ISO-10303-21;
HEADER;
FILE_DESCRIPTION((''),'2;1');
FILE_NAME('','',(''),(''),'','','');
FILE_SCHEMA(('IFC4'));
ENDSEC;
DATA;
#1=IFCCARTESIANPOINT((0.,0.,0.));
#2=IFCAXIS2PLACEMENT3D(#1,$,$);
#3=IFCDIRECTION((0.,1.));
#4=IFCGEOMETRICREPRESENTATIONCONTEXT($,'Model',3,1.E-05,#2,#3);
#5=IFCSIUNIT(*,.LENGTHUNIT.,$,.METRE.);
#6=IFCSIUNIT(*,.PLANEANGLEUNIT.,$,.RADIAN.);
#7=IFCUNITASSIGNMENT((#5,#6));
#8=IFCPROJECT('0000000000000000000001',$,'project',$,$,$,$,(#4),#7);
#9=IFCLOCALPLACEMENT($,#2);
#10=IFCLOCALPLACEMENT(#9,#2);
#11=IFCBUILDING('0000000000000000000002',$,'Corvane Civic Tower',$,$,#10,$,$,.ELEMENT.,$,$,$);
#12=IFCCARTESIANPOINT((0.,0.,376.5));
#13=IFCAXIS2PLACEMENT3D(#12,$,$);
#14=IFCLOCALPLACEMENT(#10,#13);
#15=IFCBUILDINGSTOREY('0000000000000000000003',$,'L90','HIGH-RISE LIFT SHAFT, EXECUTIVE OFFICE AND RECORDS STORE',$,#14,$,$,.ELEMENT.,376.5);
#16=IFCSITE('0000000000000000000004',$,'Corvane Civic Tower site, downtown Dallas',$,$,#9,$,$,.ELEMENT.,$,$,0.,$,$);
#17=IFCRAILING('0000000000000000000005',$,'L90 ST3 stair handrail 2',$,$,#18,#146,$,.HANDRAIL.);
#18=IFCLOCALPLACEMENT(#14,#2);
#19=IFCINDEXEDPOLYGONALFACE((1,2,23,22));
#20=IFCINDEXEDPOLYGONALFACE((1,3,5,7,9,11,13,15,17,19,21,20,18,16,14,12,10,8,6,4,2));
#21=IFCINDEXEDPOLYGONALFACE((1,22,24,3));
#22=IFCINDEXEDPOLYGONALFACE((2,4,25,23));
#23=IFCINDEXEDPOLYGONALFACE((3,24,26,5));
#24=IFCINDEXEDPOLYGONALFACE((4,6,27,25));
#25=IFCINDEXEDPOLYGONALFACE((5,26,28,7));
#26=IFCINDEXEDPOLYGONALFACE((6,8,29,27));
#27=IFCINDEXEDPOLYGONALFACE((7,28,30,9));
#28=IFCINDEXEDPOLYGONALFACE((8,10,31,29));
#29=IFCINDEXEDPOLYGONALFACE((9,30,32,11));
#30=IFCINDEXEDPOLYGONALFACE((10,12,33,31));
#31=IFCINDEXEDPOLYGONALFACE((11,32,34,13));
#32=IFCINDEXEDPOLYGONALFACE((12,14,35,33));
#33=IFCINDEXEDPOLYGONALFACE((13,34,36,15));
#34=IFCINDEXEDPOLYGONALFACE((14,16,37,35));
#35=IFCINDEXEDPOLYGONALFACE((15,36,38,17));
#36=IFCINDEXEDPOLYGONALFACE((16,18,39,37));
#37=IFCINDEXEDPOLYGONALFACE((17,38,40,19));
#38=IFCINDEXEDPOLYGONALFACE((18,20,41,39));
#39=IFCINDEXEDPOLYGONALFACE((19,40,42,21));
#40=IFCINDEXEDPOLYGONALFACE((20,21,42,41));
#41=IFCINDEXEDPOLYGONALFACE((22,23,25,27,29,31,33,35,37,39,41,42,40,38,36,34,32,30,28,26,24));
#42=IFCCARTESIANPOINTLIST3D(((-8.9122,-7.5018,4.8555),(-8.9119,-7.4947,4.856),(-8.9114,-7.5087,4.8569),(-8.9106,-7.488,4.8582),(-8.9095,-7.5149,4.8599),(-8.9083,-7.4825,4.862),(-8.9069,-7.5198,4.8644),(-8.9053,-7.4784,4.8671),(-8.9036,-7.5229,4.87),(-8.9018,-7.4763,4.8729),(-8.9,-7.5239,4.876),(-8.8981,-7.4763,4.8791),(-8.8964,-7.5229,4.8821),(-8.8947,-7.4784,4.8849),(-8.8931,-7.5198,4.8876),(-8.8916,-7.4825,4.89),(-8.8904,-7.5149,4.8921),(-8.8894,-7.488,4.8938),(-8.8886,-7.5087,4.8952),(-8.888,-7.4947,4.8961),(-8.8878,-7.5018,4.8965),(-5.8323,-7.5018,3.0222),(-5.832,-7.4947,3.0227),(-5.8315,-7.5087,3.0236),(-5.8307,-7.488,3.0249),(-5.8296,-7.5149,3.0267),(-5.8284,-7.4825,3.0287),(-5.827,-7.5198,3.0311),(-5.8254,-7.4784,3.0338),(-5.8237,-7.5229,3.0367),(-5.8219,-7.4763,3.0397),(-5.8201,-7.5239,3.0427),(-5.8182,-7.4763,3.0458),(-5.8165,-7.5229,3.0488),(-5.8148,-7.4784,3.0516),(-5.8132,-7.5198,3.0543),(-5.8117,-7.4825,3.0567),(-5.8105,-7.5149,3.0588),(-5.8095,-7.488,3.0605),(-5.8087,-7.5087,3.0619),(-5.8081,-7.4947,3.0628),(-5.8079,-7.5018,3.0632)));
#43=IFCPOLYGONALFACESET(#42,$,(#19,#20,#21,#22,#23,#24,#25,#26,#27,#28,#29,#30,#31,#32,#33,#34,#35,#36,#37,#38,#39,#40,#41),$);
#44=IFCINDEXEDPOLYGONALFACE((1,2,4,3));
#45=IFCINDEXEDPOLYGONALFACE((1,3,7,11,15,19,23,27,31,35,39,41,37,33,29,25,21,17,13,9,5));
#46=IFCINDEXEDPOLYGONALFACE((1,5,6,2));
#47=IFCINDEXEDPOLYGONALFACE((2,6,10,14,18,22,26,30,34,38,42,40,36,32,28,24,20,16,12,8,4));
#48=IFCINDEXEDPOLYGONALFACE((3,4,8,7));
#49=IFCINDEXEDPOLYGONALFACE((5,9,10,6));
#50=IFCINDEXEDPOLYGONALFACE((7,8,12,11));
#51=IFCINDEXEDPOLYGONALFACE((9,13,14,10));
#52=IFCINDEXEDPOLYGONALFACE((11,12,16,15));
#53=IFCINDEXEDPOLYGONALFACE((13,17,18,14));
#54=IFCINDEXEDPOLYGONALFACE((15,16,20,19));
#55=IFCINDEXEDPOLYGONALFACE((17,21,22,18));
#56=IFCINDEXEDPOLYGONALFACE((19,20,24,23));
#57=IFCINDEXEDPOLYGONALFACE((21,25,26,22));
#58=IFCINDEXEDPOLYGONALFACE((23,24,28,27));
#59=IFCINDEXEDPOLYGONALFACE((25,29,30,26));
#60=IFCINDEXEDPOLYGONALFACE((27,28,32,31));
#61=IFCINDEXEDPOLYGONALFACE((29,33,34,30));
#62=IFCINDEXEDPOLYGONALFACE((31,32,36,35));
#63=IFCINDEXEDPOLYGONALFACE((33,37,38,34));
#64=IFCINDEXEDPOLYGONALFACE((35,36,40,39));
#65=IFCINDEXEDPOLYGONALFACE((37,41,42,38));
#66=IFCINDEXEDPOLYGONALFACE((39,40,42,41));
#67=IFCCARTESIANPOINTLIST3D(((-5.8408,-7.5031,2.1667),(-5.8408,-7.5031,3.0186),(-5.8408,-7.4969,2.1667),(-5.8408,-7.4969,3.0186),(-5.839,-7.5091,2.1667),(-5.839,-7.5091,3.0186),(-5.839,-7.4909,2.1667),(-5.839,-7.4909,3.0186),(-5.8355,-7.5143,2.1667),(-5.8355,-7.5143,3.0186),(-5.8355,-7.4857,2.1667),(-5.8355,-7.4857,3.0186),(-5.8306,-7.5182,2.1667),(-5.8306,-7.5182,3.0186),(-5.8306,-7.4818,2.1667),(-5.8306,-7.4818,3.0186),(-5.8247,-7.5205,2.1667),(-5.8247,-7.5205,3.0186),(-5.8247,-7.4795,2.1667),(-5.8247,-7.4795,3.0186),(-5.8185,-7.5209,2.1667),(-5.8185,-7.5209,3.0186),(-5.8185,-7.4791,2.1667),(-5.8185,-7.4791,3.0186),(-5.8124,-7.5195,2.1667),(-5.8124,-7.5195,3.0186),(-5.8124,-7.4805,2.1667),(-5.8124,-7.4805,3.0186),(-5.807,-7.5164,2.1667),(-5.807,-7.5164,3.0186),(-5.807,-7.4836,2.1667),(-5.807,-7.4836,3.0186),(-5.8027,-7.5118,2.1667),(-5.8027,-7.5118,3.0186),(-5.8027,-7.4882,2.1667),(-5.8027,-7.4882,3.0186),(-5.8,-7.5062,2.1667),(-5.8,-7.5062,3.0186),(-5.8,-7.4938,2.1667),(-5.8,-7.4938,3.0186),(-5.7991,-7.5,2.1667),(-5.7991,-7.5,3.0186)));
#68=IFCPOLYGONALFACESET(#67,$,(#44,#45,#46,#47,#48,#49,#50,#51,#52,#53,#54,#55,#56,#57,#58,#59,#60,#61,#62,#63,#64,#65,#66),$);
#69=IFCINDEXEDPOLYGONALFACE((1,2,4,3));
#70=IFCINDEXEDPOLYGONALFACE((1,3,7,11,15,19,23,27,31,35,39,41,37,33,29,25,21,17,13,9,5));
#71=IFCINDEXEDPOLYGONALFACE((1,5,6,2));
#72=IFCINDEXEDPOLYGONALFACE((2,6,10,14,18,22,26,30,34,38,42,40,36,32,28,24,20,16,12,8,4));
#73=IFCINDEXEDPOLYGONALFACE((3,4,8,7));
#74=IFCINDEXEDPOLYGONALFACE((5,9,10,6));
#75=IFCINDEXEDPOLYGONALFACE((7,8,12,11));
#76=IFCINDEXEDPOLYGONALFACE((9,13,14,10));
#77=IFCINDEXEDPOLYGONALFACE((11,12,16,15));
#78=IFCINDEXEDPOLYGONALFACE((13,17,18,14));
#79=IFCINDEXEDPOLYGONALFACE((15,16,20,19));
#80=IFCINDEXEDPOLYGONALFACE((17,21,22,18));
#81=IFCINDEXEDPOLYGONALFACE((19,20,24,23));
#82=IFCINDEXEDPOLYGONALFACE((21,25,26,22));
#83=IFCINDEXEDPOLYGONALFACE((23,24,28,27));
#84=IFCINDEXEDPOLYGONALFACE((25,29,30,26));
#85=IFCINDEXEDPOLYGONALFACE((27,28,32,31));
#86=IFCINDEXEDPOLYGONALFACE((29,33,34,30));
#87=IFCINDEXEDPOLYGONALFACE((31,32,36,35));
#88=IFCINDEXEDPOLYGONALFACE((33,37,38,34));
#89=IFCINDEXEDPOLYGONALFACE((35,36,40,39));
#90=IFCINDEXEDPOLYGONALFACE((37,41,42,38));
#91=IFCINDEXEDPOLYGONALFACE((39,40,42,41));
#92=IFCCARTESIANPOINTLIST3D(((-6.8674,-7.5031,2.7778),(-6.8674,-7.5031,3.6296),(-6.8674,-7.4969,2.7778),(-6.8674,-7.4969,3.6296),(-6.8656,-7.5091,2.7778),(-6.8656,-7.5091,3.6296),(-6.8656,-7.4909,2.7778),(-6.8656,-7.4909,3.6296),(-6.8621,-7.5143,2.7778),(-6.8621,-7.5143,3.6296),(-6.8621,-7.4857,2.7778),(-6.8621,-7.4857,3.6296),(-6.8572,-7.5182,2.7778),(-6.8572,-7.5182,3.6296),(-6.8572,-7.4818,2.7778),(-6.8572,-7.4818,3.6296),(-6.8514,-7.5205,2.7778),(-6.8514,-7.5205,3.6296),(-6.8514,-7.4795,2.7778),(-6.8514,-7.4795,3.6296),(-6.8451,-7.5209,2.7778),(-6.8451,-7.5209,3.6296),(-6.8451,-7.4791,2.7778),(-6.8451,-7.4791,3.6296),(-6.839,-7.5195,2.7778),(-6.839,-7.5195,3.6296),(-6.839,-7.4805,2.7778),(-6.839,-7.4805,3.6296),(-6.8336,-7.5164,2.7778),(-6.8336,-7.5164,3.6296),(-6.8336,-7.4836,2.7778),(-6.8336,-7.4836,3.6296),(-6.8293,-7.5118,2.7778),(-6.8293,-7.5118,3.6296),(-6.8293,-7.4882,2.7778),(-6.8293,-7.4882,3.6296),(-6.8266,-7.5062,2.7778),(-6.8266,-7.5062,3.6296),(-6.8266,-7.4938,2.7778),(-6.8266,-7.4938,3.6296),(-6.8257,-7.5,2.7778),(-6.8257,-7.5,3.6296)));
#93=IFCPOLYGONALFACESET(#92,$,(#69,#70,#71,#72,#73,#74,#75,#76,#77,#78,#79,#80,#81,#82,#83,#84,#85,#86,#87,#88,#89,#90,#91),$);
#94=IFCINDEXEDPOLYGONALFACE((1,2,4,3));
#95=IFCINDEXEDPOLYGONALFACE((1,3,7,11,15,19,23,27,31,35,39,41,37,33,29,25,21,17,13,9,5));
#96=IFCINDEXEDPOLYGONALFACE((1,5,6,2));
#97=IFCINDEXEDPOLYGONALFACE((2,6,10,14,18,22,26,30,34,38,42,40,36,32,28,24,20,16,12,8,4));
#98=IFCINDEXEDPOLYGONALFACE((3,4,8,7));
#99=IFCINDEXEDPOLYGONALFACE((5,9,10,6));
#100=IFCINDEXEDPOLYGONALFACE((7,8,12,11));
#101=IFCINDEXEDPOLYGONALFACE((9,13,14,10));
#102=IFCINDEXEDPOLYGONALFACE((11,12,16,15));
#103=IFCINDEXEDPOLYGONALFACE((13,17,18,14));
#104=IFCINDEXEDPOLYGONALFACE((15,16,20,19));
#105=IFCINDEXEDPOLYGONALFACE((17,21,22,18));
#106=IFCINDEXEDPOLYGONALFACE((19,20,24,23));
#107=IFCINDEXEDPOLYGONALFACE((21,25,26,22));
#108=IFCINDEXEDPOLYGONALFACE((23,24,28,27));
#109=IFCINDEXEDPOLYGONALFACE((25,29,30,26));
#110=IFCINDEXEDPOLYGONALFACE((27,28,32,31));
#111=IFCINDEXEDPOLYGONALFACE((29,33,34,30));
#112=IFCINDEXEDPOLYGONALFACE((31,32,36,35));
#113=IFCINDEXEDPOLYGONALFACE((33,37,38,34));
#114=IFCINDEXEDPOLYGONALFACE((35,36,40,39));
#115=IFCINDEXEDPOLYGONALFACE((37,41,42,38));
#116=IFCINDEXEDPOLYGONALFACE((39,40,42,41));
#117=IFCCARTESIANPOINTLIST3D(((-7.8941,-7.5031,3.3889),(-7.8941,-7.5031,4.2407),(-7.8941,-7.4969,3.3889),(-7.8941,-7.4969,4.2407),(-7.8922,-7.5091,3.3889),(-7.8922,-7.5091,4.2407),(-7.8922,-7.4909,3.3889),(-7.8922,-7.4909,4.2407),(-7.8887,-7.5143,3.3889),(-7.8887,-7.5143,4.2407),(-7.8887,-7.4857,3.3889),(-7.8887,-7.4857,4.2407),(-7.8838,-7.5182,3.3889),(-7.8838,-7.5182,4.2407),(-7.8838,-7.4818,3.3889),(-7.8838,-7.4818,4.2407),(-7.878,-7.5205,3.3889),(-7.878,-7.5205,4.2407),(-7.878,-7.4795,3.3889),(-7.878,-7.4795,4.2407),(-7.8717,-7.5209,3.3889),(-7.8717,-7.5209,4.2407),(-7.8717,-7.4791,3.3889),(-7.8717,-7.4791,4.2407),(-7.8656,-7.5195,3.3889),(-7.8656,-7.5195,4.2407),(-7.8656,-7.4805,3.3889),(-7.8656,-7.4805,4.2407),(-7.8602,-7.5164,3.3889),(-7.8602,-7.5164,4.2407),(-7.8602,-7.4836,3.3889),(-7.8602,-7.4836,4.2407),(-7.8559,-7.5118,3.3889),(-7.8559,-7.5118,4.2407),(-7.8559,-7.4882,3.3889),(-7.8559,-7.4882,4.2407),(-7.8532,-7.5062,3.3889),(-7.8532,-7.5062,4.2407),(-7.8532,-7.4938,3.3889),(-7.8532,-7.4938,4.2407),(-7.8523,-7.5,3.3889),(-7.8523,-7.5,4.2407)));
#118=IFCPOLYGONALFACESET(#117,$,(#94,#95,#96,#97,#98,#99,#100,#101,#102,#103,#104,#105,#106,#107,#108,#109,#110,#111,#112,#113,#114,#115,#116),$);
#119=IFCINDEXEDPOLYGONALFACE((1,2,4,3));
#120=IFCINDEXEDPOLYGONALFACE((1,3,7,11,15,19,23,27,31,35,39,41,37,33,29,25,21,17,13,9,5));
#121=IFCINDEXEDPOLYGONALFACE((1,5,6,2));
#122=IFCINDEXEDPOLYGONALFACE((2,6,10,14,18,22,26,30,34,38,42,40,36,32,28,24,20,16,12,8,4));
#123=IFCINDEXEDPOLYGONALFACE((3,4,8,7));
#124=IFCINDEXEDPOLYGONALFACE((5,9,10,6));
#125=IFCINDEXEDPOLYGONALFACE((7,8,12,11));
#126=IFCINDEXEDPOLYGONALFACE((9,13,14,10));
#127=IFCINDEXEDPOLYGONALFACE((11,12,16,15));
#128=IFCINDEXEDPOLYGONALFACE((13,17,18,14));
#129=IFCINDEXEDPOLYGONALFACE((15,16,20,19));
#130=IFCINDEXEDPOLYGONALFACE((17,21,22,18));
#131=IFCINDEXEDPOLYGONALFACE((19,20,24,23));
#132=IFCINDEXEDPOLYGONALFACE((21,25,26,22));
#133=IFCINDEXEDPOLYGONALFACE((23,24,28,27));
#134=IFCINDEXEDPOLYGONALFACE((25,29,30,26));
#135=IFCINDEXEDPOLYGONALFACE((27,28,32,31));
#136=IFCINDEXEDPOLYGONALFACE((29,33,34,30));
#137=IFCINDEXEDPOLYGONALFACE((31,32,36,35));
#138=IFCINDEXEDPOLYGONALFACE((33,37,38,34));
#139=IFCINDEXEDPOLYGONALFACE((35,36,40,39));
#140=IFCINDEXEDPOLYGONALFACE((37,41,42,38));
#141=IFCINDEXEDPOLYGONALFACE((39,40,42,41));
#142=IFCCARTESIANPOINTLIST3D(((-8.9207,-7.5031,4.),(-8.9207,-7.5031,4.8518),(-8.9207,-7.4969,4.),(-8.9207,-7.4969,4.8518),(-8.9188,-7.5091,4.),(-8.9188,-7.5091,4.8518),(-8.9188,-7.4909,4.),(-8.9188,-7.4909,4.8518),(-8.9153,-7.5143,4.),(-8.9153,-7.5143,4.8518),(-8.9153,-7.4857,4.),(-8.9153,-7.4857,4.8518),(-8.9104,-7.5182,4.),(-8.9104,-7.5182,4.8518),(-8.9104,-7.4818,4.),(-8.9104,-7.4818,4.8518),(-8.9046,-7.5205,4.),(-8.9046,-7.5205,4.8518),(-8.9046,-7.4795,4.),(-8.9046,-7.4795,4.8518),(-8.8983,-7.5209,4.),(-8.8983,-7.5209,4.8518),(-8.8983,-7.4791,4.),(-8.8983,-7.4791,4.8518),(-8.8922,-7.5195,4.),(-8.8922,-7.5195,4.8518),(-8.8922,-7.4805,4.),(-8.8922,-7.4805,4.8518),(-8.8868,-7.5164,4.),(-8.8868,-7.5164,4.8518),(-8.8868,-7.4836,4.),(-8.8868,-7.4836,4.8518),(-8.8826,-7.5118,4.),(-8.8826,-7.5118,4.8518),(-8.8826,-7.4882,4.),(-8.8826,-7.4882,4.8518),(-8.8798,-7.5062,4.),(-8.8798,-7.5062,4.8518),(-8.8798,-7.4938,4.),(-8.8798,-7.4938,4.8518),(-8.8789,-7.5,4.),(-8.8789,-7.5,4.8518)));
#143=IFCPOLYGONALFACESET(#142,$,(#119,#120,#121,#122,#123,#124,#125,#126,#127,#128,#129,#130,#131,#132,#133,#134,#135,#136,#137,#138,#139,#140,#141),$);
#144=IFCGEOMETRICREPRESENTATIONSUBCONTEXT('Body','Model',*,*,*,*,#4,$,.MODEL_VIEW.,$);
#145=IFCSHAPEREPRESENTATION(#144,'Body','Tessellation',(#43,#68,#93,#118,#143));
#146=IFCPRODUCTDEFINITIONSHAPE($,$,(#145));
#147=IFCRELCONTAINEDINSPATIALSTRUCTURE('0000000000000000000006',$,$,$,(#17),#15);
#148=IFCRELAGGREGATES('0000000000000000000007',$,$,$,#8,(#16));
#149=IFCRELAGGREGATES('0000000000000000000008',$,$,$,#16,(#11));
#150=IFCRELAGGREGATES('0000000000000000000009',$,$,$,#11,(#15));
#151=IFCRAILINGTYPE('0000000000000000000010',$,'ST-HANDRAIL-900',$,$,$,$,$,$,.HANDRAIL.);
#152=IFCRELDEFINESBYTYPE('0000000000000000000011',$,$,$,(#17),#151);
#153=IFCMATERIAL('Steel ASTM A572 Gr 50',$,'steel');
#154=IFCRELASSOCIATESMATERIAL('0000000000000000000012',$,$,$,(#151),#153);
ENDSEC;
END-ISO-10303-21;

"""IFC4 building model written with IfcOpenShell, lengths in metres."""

from ifc_helpers import new_model, si_unit, direction, frame, origin, origin_2d, place, context, subcontext, project, spatial, circle, extrude, material, type_object, element, save


model = new_model("IFC4")

# Units and contexts
model_context = context("Model", 3, precision=1e-05, world=origin(), true_north=direction((0.0, 1.0)))
body_context = subcontext(model_context, "Body", "Model", "MODEL_VIEW")
ifc_project = project(units=[si_unit("LENGTHUNIT", "METRE"), si_unit("PLANEANGLEUNIT", "RADIAN")], contexts=[model_context])

# Site, building, storey
site_placement = place(None, origin())
site = spatial("IfcSite", under=ifc_project, at=site_placement, Name="Corvane Civic Tower site, downtown Dallas", CompositionType="ELEMENT", RefElevation=0.0)
building_placement = place(site_placement, origin())
building = spatial("IfcBuilding", under=site, at=building_placement, Name="Corvane Civic Tower", CompositionType="ELEMENT")
storey_placement = place(building_placement, frame((0.0, 0.0, 376.5)))
storey = spatial("IfcBuildingStorey", under=building, at=storey_placement, Name="L90", Description="HIGH-RISE LIFT SHAFT, EXECUTIVE OFFICE AND RECORDS STORE", CompositionType="ELEMENT", Elevation=376.5)

# Railing
ifc_material_1 = material(Name="Steel ASTM A572 Gr 50", Category="steel")
railing_type = type_object("IfcRailingType", Name="ST-HANDRAIL-900", PredefinedType="HANDRAIL", material=ifc_material_1)
railing_placement = place(storey_placement, frame((-5.8201, -7.5, 2.1667)))
element("IfcRailing", 1, at=railing_placement, inside=storey, type_object=railing_type, Name="L90 ST3 stair handrail 2", PredefinedType="HANDRAIL", context=body_context, shape_type="SweptSolid", body=[
    extrude(circle(Radius=0.0239, at=origin_2d()), frame((0.0, 0.0, 0.876), z_axis=(-0.859291, 0.0, 0.511487), x_axis=(0.0, -1.0, 0.0)), (0.0, 0.0, 1.0), 3.5842),
    extrude(circle(Radius=0.021, at=origin_2d()), origin(), (0.0, 0.0, 1.0), 0.8518),
    extrude(circle(Radius=0.021, at=origin_2d()), frame((-1.0266, 0.0, 0.6111)), (0.0, 0.0, 1.0), 0.8518),
    extrude(circle(Radius=0.021, at=origin_2d()), frame((-2.0532, 0.0, 1.2222)), (0.0, 0.0, 1.0), 0.8518),
    extrude(circle(Radius=0.021, at=origin_2d()), frame((-3.0798, 0.0, 1.8333)), (0.0, 0.0, 1.0), 0.8518),
])

save(model, "model.ifc")
